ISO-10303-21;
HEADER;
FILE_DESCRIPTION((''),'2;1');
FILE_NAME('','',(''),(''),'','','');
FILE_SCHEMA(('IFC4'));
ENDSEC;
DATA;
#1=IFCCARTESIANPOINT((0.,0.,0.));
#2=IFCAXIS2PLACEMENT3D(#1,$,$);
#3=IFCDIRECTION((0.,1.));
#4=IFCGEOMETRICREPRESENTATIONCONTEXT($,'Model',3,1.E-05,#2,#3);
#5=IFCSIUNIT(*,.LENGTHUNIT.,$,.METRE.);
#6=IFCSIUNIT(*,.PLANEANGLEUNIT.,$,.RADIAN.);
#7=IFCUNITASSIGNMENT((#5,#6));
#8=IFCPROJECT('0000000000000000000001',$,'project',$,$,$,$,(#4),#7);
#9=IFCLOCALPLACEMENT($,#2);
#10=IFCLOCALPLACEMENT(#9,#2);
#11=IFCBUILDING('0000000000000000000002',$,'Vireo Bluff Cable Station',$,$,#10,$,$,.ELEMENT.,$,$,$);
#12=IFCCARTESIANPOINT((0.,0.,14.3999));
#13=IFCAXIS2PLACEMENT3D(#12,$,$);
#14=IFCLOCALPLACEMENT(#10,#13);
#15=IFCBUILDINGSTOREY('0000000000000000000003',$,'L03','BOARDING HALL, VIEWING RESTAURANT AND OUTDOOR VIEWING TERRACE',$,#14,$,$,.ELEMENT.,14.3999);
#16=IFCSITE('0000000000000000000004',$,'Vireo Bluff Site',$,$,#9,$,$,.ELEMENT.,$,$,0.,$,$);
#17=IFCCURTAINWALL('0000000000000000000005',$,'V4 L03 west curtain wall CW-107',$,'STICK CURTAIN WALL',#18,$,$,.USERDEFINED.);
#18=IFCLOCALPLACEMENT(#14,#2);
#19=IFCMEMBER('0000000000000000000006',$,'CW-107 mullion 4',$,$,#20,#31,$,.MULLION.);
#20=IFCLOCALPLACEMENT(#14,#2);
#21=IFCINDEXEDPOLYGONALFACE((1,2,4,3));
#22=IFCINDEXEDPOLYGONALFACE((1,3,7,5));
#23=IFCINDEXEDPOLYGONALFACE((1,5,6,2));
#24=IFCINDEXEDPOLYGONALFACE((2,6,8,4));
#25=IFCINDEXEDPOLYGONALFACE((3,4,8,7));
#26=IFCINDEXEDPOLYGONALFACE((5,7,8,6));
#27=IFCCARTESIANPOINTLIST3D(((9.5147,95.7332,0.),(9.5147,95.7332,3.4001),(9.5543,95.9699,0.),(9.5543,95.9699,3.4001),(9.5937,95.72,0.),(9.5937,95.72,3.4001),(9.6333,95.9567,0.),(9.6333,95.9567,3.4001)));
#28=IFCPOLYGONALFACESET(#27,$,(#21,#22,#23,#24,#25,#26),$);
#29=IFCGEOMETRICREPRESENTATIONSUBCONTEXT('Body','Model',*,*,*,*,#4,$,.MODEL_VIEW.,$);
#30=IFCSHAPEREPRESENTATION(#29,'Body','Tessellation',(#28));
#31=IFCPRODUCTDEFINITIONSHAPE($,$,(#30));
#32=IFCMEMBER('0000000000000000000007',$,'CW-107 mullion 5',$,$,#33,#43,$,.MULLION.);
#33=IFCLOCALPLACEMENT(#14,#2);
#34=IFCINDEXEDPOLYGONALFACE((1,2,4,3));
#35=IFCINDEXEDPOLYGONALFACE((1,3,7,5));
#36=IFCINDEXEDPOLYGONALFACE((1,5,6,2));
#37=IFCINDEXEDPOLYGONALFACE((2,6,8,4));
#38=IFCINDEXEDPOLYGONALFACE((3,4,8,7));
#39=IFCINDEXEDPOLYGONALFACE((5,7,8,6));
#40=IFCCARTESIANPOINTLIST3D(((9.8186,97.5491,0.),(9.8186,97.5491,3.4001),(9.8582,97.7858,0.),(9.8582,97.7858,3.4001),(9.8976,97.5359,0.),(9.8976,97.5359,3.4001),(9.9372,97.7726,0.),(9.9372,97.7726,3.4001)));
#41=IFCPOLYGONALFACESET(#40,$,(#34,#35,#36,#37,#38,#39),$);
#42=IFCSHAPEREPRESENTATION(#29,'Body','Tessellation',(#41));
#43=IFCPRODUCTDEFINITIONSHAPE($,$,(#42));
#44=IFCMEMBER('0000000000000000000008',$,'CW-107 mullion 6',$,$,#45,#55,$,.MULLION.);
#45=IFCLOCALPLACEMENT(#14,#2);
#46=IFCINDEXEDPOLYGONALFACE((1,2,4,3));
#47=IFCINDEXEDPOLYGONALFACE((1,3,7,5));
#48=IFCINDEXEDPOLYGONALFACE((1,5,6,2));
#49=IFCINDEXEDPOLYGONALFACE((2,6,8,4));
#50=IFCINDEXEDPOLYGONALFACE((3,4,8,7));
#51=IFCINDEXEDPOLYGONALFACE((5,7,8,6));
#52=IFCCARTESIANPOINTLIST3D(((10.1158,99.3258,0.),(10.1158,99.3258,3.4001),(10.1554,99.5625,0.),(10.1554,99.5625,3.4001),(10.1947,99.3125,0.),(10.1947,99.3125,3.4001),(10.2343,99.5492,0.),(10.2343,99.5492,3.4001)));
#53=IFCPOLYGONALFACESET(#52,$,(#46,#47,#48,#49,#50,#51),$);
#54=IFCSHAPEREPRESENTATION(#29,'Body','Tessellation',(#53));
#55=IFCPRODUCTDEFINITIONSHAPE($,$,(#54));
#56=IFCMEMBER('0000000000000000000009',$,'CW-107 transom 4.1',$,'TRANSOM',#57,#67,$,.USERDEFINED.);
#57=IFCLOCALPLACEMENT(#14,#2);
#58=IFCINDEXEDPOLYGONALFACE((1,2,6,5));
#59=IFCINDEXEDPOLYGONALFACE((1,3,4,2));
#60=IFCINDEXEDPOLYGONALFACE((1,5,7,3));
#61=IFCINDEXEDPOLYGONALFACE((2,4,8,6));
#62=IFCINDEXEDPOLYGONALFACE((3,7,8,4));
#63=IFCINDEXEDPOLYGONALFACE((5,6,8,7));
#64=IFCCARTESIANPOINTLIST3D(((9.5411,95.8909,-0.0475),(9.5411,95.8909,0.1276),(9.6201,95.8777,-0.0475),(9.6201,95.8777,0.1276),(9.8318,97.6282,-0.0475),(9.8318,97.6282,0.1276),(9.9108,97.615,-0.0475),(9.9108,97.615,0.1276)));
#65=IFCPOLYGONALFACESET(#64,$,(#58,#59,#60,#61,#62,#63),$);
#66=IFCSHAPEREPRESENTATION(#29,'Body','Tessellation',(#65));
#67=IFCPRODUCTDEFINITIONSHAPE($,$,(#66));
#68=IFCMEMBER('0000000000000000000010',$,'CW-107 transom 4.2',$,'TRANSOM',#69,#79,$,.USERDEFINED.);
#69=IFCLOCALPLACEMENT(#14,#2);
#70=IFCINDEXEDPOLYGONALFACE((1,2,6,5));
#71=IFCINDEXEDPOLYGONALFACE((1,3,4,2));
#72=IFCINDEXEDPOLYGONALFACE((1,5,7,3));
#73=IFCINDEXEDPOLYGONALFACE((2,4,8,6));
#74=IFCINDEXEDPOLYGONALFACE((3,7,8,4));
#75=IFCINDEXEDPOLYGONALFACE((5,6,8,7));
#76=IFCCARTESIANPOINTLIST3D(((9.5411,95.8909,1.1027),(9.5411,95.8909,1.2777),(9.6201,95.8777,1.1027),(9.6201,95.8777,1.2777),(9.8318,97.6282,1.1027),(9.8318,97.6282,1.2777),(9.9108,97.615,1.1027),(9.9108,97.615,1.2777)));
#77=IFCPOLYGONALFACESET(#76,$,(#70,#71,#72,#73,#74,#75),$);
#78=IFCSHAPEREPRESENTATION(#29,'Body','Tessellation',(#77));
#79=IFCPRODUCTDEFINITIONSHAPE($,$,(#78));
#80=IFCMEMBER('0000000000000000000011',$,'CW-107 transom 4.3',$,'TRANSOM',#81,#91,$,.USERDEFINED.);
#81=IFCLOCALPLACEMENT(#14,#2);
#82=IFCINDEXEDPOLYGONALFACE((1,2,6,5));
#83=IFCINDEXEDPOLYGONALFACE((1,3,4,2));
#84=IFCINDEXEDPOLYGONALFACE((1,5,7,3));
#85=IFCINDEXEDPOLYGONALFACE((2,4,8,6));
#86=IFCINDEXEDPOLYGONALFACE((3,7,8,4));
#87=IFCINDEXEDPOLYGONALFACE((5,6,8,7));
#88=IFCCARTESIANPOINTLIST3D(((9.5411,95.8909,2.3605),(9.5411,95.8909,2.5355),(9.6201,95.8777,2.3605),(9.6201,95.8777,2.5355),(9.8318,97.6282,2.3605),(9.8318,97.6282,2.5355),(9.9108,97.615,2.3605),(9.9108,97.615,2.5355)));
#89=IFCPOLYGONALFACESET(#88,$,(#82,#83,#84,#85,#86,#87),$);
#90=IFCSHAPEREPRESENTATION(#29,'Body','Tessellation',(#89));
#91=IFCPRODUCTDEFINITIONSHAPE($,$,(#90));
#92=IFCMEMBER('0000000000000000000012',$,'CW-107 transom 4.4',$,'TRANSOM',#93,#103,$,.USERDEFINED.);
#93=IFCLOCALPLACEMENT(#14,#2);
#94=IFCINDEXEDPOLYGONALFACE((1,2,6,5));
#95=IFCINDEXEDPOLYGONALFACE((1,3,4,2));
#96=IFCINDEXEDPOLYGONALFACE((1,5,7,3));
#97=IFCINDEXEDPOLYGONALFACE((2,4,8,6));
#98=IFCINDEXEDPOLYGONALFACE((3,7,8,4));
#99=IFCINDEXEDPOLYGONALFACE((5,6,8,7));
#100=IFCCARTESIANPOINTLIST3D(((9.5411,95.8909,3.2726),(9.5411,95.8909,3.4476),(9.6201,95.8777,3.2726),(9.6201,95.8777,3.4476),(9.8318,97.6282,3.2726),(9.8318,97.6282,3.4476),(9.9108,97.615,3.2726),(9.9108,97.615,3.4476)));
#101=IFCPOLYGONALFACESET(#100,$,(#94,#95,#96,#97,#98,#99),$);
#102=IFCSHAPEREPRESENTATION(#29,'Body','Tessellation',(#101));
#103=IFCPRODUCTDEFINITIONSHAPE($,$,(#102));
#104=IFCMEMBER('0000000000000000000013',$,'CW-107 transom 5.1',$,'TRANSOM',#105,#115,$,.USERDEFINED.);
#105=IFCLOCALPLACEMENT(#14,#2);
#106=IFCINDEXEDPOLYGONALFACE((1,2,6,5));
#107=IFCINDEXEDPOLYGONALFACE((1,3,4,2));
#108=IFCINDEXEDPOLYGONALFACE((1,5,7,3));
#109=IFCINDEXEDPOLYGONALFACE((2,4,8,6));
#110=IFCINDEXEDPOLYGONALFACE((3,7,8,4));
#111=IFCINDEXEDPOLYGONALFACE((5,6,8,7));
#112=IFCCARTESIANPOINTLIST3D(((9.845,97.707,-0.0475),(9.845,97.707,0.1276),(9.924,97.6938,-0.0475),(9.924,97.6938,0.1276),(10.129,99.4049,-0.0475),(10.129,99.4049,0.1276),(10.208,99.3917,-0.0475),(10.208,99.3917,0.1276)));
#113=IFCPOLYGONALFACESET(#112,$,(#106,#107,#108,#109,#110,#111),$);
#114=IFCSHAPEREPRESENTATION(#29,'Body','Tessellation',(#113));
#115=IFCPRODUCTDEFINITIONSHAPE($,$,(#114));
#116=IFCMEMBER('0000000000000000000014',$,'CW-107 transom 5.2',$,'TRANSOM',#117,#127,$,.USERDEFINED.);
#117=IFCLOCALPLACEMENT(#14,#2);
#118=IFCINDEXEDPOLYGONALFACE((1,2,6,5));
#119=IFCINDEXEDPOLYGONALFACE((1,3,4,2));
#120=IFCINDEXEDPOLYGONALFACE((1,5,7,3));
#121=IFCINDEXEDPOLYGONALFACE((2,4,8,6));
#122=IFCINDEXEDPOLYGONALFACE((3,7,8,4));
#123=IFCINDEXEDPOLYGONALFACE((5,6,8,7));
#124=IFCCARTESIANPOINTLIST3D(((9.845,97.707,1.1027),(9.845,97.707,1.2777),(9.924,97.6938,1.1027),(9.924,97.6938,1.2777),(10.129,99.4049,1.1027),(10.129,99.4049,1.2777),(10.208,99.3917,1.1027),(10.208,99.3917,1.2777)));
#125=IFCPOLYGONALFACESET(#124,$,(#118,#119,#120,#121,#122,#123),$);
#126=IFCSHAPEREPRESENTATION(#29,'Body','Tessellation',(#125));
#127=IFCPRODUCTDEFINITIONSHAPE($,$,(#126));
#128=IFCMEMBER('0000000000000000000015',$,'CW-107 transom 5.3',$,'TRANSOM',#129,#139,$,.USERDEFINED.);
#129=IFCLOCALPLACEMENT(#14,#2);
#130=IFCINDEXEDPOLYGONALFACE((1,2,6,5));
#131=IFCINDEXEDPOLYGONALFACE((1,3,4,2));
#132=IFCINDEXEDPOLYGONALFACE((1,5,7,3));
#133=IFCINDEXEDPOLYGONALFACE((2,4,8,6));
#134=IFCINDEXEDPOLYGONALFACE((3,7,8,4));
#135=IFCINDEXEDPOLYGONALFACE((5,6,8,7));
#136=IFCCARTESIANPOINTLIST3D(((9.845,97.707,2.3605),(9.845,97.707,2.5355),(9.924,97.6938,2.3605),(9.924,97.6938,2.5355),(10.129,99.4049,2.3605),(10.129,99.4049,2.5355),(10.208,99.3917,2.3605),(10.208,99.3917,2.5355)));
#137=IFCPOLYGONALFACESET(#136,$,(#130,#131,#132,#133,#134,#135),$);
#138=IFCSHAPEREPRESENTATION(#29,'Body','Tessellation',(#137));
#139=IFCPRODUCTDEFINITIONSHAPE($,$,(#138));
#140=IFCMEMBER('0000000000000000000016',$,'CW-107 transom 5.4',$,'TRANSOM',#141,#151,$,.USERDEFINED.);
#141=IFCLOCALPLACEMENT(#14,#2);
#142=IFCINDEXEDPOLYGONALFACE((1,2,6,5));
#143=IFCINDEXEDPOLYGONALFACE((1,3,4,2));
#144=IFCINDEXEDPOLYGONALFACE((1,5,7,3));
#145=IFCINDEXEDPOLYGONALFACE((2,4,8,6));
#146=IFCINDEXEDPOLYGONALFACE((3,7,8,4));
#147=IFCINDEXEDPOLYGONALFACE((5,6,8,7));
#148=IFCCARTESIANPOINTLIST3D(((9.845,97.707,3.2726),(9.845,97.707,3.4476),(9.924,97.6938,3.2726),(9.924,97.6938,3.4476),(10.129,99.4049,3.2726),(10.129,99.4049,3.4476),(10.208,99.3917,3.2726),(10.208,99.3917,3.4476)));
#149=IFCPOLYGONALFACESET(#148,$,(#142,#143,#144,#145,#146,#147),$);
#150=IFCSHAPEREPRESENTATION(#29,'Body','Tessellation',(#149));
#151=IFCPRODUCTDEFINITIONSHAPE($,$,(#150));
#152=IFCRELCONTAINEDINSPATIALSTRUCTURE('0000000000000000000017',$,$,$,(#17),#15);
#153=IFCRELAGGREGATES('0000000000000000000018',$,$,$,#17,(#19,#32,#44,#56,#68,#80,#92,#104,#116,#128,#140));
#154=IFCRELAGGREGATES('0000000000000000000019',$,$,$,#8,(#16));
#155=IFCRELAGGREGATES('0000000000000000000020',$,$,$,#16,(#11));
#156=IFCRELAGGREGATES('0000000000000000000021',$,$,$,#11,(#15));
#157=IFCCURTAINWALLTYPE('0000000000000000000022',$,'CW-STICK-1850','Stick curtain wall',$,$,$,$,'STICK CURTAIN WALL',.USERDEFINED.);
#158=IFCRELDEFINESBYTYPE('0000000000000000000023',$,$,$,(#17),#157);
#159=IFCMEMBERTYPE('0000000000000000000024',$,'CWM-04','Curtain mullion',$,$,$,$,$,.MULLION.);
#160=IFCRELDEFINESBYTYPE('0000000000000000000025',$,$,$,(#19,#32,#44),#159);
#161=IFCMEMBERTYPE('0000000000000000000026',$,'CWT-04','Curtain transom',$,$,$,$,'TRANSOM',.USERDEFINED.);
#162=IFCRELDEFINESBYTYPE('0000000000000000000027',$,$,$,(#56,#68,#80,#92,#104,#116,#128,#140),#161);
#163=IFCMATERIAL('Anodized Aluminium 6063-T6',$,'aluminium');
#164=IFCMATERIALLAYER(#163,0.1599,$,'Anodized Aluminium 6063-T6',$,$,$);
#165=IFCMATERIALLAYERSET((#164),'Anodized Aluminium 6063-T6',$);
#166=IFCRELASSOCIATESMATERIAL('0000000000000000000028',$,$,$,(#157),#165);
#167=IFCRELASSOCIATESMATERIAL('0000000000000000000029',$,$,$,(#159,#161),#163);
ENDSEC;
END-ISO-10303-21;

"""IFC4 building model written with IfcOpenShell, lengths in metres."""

from ifc_helpers import new_model, si_unit, direction, frame, origin, origin_2d, place, context, subcontext, project, spatial, rectangle, extrude, material, layer, layer_set, material_profile, profile_set, type_object, element, aggregate, save


model = new_model("IFC4")

# Units and contexts
model_context = context("Model", 3, precision=1e-05, world=origin(), true_north=direction((0.0, 1.0)))
body_context = subcontext(model_context, "Body", "Model", "MODEL_VIEW")
ifc_project = project(units=[si_unit("LENGTHUNIT", "METRE"), si_unit("PLANEANGLEUNIT", "RADIAN")], contexts=[model_context])

# Site, building, storey
site_placement = place(None, origin())
site = spatial("IfcSite", under=ifc_project, at=site_placement, Name="Vireo Bluff Site", CompositionType="ELEMENT", RefElevation=0.0)
building_placement = place(site_placement, origin())
building = spatial("IfcBuilding", under=site, at=building_placement, Name="Vireo Bluff Cable Station", CompositionType="ELEMENT")
storey_placement = place(building_placement, frame((0.0, 0.0, 14.3999)))
storey = spatial("IfcBuildingStorey", under=building, at=storey_placement, Name="L03", Description="BOARDING HALL, VIEWING RESTAURANT AND OUTDOOR VIEWING TERRACE", CompositionType="ELEMENT", Elevation=14.3999)

# Curtain wall, members
ifc_material_1 = material(Name="Anodized Aluminium 6063-T6", Category="aluminium")
ifc_layer_1 = layer(ifc_material_1, 0.1599, Name="Anodized Aluminium 6063-T6")
ifc_layer_set_1 = layer_set([ifc_layer_1], Name="Anodized Aluminium 6063-T6")
curtain_wall_type = type_object("IfcCurtainWallType", Name="CW-STICK-1850", Description="Stick curtain wall", ElementType="STICK CURTAIN WALL", PredefinedType="USERDEFINED", material=ifc_layer_set_1)
curtain_wall_placement = place(storey_placement, origin())
curtain_wall = element("IfcCurtainWall", 1, at=curtain_wall_placement, inside=storey, type_object=curtain_wall_type, Name="V4 L03 west curtain wall CW-107", ObjectType="STICK CURTAIN WALL", PredefinedType="USERDEFINED")
ifc_material_profile_1 = material_profile(ifc_material_1, rectangle(XDim=0.0801, YDim=0.24, at=origin_2d()), Name="ALU-M-80X240")
ifc_profile_set_1 = profile_set([ifc_material_profile_1], Name="Anodized Aluminium 6063-T6")
member_type_1 = type_object("IfcMemberType", Name="CWM-04", Description="Curtain mullion", PredefinedType="MULLION", material=ifc_profile_set_1)
member_1_placement = place(storey_placement, frame((9.574, 95.845, 0.0), z_axis=(0.0, 0.0, 1.0), x_axis=(-0.986286, 0.165048, 0.0)))
member_1 = element("IfcMember", 2, at=member_1_placement, type_object=member_type_1, Name="CW-107 mullion 4", PredefinedType="MULLION", context=body_context, shape_type="SweptSolid", body=[
    extrude(rectangle(XDim=0.0801, YDim=0.24, at=origin_2d()), origin(), (0.0, 0.0, 1.0), 3.4001),
])
member_2_placement = place(storey_placement, frame((9.8779, 97.6609, 0.0), z_axis=(0.0, 0.0, 1.0), x_axis=(-0.986286, 0.165048, 0.0)))
member_2 = element("IfcMember", 3, at=member_2_placement, type_object=member_type_1, Name="CW-107 mullion 5", PredefinedType="MULLION", context=body_context, shape_type="SweptSolid", body=[
    extrude(rectangle(XDim=0.0801, YDim=0.24, at=origin_2d()), origin(), (0.0, 0.0, 1.0), 3.4001),
])
member_3_placement = place(storey_placement, frame((10.175, 99.4375, 0.0), z_axis=(0.0, 0.0, 1.0), x_axis=(-0.986286, 0.165048, 0.0)))
member_3 = element("IfcMember", 4, at=member_3_placement, type_object=member_type_1, Name="CW-107 mullion 6", PredefinedType="MULLION", context=body_context, shape_type="SweptSolid", body=[
    extrude(rectangle(XDim=0.0801, YDim=0.24, at=origin_2d()), origin(), (0.0, 0.0, 1.0), 3.4001),
])
ifc_material_profile_2 = material_profile(ifc_material_1, rectangle(XDim=0.0801, YDim=0.175, at=origin_2d()), Name="ALU-T-80X175")
ifc_profile_set_2 = profile_set([ifc_material_profile_2], Name="Anodized Aluminium 6063-T6")
member_type_2 = type_object("IfcMemberType", Name="CWT-04", Description="Curtain transom", ElementType="TRANSOM", PredefinedType="USERDEFINED", material=ifc_profile_set_2)
member_4_placement = place(storey_placement, frame((9.5806, 95.8843, 0.04), z_axis=(0.165073, 0.986281, 0.0), x_axis=(-0.986281, 0.165073, 0.0)))
member_4 = element("IfcMember", 5, at=member_4_placement, type_object=member_type_2, Name="CW-107 transom 4.1", ObjectType="TRANSOM", PredefinedType="USERDEFINED", context=body_context, shape_type="SweptSolid", body=[
    extrude(rectangle(XDim=0.0801, YDim=0.175, at=origin_2d()), origin(), (0.0, 0.0, 1.0), 1.7615),
])
member_5_placement = place(storey_placement, frame((9.5806, 95.8843, 1.1902), z_axis=(0.165073, 0.986281, 0.0), x_axis=(-0.986281, 0.165073, 0.0)))
member_5 = element("IfcMember", 6, at=member_5_placement, type_object=member_type_2, Name="CW-107 transom 4.2", ObjectType="TRANSOM", PredefinedType="USERDEFINED", context=body_context, shape_type="SweptSolid", body=[
    extrude(rectangle(XDim=0.0801, YDim=0.175, at=origin_2d()), origin(), (0.0, 0.0, 1.0), 1.7615),
])
member_6_placement = place(storey_placement, frame((9.5806, 95.8843, 2.448), z_axis=(0.165073, 0.986281, 0.0), x_axis=(-0.986281, 0.165073, 0.0)))
member_6 = element("IfcMember", 7, at=member_6_placement, type_object=member_type_2, Name="CW-107 transom 4.3", ObjectType="TRANSOM", PredefinedType="USERDEFINED", context=body_context, shape_type="SweptSolid", body=[
    extrude(rectangle(XDim=0.0801, YDim=0.175, at=origin_2d()), origin(), (0.0, 0.0, 1.0), 1.7615),
])
member_7_placement = place(storey_placement, frame((9.5806, 95.8843, 3.3601), z_axis=(0.165073, 0.986281, 0.0), x_axis=(-0.986281, 0.165073, 0.0)))
member_7 = element("IfcMember", 8, at=member_7_placement, type_object=member_type_2, Name="CW-107 transom 4.4", ObjectType="TRANSOM", PredefinedType="USERDEFINED", context=body_context, shape_type="SweptSolid", body=[
    extrude(rectangle(XDim=0.0801, YDim=0.175, at=origin_2d()), origin(), (0.0, 0.0, 1.0), 1.7615),
])
member_8_placement = place(storey_placement, frame((9.8845, 97.7004, 0.04), z_axis=(0.164951, 0.986302, 0.0), x_axis=(-0.986302, 0.164951, 0.0)))
member_8 = element("IfcMember", 9, at=member_8_placement, type_object=member_type_2, Name="CW-107 transom 5.1", ObjectType="TRANSOM", PredefinedType="USERDEFINED", context=body_context, shape_type="SweptSolid", body=[
    extrude(rectangle(XDim=0.0801, YDim=0.175, at=origin_2d()), origin(), (0.0, 0.0, 1.0), 1.7214),
])
member_9_placement = place(storey_placement, frame((9.8845, 97.7004, 1.1902), z_axis=(0.164951, 0.986302, 0.0), x_axis=(-0.986302, 0.164951, 0.0)))
member_9 = element("IfcMember", 10, at=member_9_placement, type_object=member_type_2, Name="CW-107 transom 5.2", ObjectType="TRANSOM", PredefinedType="USERDEFINED", context=body_context, shape_type="SweptSolid", body=[
    extrude(rectangle(XDim=0.0801, YDim=0.175, at=origin_2d()), origin(), (0.0, 0.0, 1.0), 1.7214),
])
member_10_placement = place(storey_placement, frame((9.8845, 97.7004, 2.448), z_axis=(0.164951, 0.986302, 0.0), x_axis=(-0.986302, 0.164951, 0.0)))
member_10 = element("IfcMember", 11, at=member_10_placement, type_object=member_type_2, Name="CW-107 transom 5.3", ObjectType="TRANSOM", PredefinedType="USERDEFINED", context=body_context, shape_type="SweptSolid", body=[
    extrude(rectangle(XDim=0.0801, YDim=0.175, at=origin_2d()), origin(), (0.0, 0.0, 1.0), 1.7214),
])
member_11_placement = place(storey_placement, frame((9.8845, 97.7004, 3.3601), z_axis=(0.164951, 0.986302, 0.0), x_axis=(-0.986302, 0.164951, 0.0)))
member_11 = element("IfcMember", 12, at=member_11_placement, type_object=member_type_2, Name="CW-107 transom 5.4", ObjectType="TRANSOM", PredefinedType="USERDEFINED", context=body_context, shape_type="SweptSolid", body=[
    extrude(rectangle(XDim=0.0801, YDim=0.175, at=origin_2d()), origin(), (0.0, 0.0, 1.0), 1.7214),
])

aggregate(curtain_wall, [member_1, member_2, member_3, member_4, member_5, member_6, member_7, member_8, member_9, member_10, member_11])

save(model, "model.ifc")
